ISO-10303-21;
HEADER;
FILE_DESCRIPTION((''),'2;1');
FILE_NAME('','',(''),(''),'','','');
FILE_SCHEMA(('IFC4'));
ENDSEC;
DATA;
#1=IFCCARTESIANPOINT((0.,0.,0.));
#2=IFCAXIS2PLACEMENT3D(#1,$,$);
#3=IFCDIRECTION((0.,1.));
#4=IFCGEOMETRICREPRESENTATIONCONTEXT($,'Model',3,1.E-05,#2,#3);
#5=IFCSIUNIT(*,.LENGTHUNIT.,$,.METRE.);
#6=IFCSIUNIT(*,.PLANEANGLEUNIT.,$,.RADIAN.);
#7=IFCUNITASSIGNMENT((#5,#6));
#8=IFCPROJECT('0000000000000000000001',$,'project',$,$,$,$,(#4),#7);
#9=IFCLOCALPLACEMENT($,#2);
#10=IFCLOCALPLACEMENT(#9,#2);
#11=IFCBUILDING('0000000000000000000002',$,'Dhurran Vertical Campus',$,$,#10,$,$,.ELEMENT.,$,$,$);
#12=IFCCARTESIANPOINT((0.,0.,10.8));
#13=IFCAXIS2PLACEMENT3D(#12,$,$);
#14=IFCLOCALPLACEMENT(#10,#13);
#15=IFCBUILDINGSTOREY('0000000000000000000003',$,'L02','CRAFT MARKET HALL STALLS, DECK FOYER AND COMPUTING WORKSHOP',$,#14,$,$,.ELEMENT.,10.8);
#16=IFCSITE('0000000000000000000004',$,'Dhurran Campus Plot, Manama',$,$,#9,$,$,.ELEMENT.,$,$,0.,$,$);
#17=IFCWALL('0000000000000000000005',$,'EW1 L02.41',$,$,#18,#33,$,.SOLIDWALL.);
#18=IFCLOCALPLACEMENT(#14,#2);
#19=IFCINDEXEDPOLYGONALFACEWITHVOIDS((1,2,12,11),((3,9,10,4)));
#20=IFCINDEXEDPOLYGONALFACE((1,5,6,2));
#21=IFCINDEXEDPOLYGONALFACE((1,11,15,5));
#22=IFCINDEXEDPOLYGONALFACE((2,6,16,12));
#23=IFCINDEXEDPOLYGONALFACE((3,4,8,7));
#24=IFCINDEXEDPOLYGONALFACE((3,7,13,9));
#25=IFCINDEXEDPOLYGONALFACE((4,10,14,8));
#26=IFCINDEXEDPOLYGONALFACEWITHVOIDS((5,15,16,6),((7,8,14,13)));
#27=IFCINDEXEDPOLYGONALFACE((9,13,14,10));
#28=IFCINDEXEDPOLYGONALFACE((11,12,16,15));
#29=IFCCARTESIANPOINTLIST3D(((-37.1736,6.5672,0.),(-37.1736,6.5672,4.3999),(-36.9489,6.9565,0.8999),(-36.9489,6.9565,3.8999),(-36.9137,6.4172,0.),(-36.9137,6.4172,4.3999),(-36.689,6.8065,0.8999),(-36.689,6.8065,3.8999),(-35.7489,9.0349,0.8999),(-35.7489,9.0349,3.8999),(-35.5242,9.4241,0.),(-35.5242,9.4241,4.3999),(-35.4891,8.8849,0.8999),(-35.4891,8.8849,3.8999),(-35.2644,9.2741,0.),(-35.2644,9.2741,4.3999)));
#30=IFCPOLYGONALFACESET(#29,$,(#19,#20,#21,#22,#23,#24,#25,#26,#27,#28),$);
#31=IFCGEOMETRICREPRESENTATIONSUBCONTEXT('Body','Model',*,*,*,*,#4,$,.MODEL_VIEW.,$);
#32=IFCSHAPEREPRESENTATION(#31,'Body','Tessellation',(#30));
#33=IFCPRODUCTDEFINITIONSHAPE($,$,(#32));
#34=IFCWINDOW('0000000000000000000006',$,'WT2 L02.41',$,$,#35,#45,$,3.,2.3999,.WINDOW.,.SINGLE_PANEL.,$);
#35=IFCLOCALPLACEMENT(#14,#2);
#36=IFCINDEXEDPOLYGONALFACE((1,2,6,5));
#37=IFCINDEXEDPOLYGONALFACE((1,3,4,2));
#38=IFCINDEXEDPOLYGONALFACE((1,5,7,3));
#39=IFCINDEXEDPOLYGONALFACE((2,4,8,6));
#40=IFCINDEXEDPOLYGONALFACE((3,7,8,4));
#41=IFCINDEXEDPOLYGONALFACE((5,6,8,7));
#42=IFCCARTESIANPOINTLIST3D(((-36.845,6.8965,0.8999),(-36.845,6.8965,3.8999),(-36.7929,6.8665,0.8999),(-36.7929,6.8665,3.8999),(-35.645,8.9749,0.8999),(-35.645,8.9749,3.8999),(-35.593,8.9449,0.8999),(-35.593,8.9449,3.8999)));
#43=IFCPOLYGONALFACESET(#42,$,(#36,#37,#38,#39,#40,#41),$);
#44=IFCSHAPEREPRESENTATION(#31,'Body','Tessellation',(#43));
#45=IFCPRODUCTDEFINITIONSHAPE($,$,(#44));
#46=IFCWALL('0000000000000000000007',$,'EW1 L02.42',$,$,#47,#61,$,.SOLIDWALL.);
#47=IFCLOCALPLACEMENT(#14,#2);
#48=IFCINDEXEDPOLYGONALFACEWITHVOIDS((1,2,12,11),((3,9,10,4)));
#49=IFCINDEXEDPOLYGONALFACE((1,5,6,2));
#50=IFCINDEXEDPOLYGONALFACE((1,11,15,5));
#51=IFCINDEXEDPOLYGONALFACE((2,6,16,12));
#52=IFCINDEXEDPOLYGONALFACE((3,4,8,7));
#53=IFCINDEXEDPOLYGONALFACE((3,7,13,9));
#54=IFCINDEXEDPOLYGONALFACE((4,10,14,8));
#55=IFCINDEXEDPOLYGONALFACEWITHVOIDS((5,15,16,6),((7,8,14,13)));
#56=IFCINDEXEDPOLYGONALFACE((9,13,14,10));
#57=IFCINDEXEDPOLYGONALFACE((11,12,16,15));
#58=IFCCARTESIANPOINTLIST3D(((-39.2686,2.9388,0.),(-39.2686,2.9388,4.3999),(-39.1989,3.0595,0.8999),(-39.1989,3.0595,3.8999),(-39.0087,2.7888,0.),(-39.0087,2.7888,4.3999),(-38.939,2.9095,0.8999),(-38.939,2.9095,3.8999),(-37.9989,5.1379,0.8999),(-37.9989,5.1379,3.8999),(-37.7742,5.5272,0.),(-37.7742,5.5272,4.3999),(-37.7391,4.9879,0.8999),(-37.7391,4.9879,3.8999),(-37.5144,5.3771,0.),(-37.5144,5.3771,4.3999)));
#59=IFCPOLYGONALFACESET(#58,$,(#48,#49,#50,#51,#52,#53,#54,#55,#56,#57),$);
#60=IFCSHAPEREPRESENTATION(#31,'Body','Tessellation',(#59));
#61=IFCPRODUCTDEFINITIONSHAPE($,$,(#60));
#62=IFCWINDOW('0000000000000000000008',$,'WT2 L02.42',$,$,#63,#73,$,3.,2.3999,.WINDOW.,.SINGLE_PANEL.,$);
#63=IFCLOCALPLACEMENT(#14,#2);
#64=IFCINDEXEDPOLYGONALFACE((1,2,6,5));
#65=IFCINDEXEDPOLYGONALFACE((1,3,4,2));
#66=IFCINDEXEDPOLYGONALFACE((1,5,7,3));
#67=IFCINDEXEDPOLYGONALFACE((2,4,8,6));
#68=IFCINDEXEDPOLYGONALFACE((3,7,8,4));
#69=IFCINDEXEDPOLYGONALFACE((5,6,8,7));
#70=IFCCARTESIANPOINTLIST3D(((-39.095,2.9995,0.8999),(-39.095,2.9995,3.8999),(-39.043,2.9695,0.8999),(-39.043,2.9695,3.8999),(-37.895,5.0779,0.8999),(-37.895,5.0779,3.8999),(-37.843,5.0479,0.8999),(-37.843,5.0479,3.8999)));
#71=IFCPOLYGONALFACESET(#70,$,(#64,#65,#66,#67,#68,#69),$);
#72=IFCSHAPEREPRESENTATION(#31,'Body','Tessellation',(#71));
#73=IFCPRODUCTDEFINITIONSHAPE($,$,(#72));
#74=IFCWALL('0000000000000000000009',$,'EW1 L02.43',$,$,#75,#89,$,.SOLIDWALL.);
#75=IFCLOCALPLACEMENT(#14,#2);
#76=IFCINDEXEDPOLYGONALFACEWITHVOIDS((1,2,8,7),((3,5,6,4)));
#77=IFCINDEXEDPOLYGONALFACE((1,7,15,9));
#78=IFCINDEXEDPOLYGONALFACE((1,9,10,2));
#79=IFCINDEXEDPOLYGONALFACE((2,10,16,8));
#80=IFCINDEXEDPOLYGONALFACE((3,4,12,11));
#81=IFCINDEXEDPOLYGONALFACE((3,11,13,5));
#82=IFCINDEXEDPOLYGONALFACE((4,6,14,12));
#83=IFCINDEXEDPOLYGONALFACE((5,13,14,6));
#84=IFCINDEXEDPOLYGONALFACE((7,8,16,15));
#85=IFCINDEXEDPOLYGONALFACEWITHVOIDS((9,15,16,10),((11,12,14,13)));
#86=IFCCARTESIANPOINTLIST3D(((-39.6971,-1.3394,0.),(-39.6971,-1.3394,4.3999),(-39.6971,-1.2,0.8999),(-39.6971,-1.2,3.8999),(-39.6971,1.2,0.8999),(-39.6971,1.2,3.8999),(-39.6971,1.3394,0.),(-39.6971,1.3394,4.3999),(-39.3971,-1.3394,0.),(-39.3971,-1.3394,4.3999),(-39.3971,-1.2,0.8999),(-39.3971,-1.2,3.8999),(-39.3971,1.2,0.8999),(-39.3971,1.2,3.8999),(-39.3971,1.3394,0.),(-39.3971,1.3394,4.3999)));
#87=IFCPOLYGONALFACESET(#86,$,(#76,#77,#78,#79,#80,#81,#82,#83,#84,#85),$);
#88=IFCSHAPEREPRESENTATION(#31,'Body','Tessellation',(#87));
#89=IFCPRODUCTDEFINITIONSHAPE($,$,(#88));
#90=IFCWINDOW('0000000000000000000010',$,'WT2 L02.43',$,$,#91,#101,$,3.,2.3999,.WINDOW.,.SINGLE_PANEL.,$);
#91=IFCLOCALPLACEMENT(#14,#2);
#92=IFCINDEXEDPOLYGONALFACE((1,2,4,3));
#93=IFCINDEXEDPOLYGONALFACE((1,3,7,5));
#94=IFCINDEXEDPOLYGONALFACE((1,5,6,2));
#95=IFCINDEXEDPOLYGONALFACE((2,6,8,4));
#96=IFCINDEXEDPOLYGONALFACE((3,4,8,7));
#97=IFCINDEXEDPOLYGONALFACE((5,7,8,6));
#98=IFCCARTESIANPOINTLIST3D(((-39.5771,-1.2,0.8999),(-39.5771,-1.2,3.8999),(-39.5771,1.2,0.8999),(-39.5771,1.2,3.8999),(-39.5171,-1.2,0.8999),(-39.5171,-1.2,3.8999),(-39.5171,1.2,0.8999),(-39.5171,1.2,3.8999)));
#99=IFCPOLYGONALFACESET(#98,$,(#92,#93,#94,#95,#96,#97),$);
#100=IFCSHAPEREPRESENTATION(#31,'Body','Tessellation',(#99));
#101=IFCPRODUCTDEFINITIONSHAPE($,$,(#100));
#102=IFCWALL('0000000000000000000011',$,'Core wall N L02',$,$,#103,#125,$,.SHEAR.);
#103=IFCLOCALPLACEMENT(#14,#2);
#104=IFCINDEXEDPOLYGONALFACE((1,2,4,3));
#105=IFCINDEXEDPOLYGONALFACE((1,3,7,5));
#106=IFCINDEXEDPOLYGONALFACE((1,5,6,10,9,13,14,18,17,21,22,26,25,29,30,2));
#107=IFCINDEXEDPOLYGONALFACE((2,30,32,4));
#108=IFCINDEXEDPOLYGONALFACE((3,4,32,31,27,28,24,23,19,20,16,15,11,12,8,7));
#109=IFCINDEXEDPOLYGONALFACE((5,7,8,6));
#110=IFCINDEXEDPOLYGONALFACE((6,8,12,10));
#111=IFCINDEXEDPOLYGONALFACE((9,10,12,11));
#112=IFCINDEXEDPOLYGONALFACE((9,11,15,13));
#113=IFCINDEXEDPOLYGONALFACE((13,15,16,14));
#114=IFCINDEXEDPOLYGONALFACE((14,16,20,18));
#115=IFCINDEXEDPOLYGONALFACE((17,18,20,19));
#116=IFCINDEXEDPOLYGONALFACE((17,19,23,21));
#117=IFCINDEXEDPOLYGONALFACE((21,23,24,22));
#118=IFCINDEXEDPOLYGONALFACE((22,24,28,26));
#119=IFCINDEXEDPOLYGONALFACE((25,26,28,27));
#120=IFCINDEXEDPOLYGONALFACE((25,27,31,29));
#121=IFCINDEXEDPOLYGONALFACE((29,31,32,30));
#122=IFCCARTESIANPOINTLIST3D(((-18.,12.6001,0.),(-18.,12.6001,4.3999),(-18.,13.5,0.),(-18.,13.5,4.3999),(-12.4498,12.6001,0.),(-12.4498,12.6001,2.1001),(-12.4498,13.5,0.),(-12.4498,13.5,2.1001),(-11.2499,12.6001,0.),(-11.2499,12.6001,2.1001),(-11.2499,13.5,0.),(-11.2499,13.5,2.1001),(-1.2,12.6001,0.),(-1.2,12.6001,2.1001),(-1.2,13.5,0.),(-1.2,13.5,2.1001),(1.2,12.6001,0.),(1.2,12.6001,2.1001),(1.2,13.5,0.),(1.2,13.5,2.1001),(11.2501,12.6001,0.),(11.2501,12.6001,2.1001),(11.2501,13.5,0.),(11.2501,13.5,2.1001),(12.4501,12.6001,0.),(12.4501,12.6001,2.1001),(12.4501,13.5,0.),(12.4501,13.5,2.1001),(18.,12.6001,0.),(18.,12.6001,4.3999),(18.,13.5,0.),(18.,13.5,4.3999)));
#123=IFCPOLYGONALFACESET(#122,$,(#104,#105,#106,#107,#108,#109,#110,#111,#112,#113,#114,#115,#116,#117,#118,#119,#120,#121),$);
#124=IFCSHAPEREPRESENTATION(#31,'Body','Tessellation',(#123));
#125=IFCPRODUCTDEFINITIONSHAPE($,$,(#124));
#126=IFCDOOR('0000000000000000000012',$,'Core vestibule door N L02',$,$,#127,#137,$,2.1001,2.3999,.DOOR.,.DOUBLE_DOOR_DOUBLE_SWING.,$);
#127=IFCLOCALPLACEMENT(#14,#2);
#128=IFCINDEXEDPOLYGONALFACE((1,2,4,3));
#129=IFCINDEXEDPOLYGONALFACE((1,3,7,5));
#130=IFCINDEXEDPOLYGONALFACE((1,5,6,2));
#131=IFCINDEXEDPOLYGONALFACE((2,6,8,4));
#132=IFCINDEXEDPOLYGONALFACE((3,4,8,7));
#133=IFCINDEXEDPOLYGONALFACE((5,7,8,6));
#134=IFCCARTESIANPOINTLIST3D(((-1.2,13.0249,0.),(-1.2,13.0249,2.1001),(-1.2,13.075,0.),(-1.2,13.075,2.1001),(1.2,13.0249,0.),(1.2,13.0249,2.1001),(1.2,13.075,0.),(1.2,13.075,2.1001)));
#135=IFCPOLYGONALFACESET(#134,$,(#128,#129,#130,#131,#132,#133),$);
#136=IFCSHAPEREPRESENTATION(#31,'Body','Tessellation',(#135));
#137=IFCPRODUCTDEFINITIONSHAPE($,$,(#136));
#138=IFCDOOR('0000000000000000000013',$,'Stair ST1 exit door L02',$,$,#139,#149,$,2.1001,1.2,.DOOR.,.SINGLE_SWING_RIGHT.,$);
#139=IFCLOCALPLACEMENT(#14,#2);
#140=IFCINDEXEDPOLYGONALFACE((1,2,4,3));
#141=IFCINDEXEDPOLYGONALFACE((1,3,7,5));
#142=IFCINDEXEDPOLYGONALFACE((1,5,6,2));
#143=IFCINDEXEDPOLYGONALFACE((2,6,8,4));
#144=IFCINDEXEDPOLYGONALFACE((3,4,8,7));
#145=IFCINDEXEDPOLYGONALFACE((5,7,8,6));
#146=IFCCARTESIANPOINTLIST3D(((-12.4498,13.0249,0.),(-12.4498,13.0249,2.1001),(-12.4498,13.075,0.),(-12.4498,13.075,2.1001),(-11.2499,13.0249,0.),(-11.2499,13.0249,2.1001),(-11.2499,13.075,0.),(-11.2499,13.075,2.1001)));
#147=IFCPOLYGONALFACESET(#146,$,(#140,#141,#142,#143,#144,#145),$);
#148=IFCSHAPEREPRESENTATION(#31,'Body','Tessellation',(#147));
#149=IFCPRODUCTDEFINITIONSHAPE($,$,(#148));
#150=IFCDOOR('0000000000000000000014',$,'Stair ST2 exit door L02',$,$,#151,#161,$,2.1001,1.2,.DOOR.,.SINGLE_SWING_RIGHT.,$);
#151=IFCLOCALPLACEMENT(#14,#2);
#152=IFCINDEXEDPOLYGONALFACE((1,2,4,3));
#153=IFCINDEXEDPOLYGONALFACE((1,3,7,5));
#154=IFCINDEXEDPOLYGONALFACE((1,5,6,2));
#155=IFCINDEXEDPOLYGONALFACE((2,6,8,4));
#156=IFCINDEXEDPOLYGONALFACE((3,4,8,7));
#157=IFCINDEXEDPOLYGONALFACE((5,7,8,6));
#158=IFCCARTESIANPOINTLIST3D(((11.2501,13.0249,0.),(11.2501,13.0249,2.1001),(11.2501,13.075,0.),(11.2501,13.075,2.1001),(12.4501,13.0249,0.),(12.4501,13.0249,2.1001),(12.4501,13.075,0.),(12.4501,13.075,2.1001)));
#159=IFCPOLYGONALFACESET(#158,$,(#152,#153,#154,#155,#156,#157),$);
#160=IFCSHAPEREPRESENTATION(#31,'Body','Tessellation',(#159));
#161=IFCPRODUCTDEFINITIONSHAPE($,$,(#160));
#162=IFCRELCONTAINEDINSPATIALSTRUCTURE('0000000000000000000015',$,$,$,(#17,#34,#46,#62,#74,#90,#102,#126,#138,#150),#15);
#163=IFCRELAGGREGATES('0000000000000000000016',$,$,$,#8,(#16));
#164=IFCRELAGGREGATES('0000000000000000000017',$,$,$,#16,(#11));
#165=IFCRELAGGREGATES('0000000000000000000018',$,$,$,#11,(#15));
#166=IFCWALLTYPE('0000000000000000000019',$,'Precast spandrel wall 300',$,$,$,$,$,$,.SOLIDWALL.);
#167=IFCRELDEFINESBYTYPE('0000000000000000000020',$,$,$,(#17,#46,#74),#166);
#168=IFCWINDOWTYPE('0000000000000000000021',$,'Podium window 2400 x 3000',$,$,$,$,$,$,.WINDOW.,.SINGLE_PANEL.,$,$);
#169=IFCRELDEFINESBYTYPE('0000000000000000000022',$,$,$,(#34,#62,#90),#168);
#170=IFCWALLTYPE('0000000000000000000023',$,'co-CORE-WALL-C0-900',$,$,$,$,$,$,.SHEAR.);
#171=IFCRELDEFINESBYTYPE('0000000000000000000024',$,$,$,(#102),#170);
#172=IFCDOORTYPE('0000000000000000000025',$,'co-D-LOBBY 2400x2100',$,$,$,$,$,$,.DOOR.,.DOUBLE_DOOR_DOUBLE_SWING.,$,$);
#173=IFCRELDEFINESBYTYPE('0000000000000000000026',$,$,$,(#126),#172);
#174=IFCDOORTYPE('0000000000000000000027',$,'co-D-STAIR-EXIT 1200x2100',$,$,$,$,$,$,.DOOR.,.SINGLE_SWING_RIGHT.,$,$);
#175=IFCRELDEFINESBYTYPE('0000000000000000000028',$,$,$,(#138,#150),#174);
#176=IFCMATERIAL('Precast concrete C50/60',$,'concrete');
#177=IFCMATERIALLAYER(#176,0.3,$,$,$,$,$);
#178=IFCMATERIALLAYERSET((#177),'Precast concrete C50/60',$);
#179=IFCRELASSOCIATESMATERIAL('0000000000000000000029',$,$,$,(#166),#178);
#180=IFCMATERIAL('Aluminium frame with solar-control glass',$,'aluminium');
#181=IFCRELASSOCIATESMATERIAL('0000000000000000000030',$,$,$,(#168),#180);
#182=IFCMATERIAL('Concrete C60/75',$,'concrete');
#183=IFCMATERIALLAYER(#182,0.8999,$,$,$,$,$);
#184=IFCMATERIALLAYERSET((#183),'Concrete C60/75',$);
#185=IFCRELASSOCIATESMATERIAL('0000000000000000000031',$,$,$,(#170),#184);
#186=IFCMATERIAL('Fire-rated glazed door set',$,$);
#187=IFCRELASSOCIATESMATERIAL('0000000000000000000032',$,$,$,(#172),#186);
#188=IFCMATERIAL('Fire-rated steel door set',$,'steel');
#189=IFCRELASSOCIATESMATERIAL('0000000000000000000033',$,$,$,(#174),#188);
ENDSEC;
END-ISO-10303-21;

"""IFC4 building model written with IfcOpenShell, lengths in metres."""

from ifc_helpers import new_model, si_unit, direction, frame, frame_2d, origin, place, context, subcontext, project, spatial, rectangle, extrude, material, layer, layer_set, type_object, element, fill, save


model = new_model("IFC4")

# Units and contexts
model_context = context("Model", 3, precision=1e-05, world=origin(), true_north=direction((0.0, 1.0)))
body_context = subcontext(model_context, "Body", "Model", "MODEL_VIEW")
ifc_project = project(units=[si_unit("LENGTHUNIT", "METRE"), si_unit("PLANEANGLEUNIT", "RADIAN")], contexts=[model_context])

# Site, building, storey
site_placement = place(None, origin())
site = spatial("IfcSite", under=ifc_project, at=site_placement, Name="Dhurran Campus Plot, Manama", CompositionType="ELEMENT", RefElevation=0.0)
building_placement = place(site_placement, origin())
building = spatial("IfcBuilding", under=site, at=building_placement, Name="Dhurran Vertical Campus", CompositionType="ELEMENT")
storey_placement = place(building_placement, frame((0.0, 0.0, 10.8)))
storey = spatial("IfcBuildingStorey", under=building, at=storey_placement, Name="L02", Description="CRAFT MARKET HALL STALLS, DECK FOYER AND COMPUTING WORKSHOP", CompositionType="ELEMENT", Elevation=10.8)

# Walls, openings, windows
ifc_material_1 = material(Name="Precast concrete C50/60", Category="concrete")
ifc_layer_1 = layer(ifc_material_1, 0.3)
ifc_layer_set_1 = layer_set([ifc_layer_1], Name="Precast concrete C50/60")
wall_type_1 = type_object("IfcWallType", Name="Precast spandrel wall 300", PredefinedType="SOLIDWALL", material=ifc_layer_set_1)
ifc_material_2 = material(Name="Aluminium frame with solar-control glass", Category="aluminium")
window_type = type_object("IfcWindowType", Name="Podium window 2400 x 3000", PartitioningType="SINGLE_PANEL", PredefinedType="WINDOW", material=ifc_material_2)
wall_1_placement = place(storey_placement, frame((-35.3943, 9.3491, 0.0), z_axis=(0.0, 0.0, 1.0), x_axis=(-0.499992, -0.86603, 0.0)))
wall_1 = element("IfcWall", 1, at=wall_1_placement, inside=storey, type_object=wall_type_1, Name="EW1 L02.41", PredefinedType="SOLIDWALL", context=body_context, shape_type="SweptSolid", body=[
    extrude(rectangle(XDim=3.2988, YDim=0.3, at=frame_2d((1.6494, 0.0))), origin(), (0.0, 0.0, 1.0), 4.3999),
])
opening_1_placement = place(wall_1_placement, frame((0.4495, 0.0, 0.8999)))
opening_1 = element("IfcOpeningElement", 2, at=opening_1_placement, cuts=wall_1, PredefinedType="OPENING", context=body_context, shape_type="SweptSolid", body=[
    extrude(rectangle(XDim=2.3999, YDim=3.0, at=frame_2d((1.2, 1.5))), frame((0.0, 0.1599, 0.0), z_axis=(0.0, -1.0, 0.0), x_axis=(1.0, 0.0, 0.0)), (0.0, 0.0, 1.0), 0.3201),
])
window_1_placement = place(opening_1_placement, origin())
window_1 = element("IfcWindow", 3, at=window_1_placement, inside=storey, type_object=window_type, Name="WT2 L02.41", OverallHeight=3.0, OverallWidth=2.3999, PartitioningType="SINGLE_PANEL", PredefinedType="WINDOW", context=body_context, shape_type="SweptSolid", body=[
    extrude(rectangle(XDim=2.3999, YDim=3.0, at=frame_2d((1.2, 1.5))), frame((0.0, 0.03, 0.0), z_axis=(0.0, -1.0, 0.0), x_axis=(1.0, 0.0, 0.0)), (0.0, 0.0, 1.0), 0.0601),
])
fill(opening_1, window_1)
wall_2_placement = place(storey_placement, frame((-37.6443, 5.4521, 0.0), z_axis=(0.0, 0.0, 1.0), x_axis=(-0.499996, -0.866028, 0.0)))
wall_2 = element("IfcWall", 4, at=wall_2_placement, inside=storey, type_object=wall_type_1, Name="EW1 L02.42", PredefinedType="SOLIDWALL", context=body_context, shape_type="SweptSolid", body=[
    extrude(rectangle(XDim=2.9888, YDim=0.3, at=frame_2d((1.4944, 0.0))), origin(), (0.0, 0.0, 1.0), 4.3999),
])
opening_2_placement = place(wall_2_placement, frame((0.4495, 0.0, 0.8999)))
opening_2 = element("IfcOpeningElement", 5, at=opening_2_placement, cuts=wall_2, PredefinedType="OPENING", context=body_context, shape_type="SweptSolid", body=[
    extrude(rectangle(XDim=2.3999, YDim=3.0, at=frame_2d((1.2, 1.5))), frame((0.0, 0.1599, 0.0), z_axis=(0.0, -1.0, 0.0), x_axis=(1.0, 0.0, 0.0)), (0.0, 0.0, 1.0), 0.3201),
])
window_2_placement = place(opening_2_placement, origin())
window_2 = element("IfcWindow", 6, at=window_2_placement, inside=storey, type_object=window_type, Name="WT2 L02.42", OverallHeight=3.0, OverallWidth=2.3999, PartitioningType="SINGLE_PANEL", PredefinedType="WINDOW", context=body_context, shape_type="SweptSolid", body=[
    extrude(rectangle(XDim=2.3999, YDim=3.0, at=frame_2d((1.2, 1.5))), frame((0.0, 0.03, 0.0), z_axis=(0.0, -1.0, 0.0), x_axis=(1.0, 0.0, 0.0)), (0.0, 0.0, 1.0), 0.0601),
])
fill(opening_2, window_2)
wall_3_placement = place(storey_placement, frame((-39.5471, 1.3394, 0.0), z_axis=(0.0, 0.0, 1.0), x_axis=(0.0, -1.0, 0.0)))
wall_3 = element("IfcWall", 7, at=wall_3_placement, inside=storey, type_object=wall_type_1, Name="EW1 L02.43", PredefinedType="SOLIDWALL", context=body_context, shape_type="SweptSolid", body=[
    extrude(rectangle(XDim=2.6787, YDim=0.3, at=frame_2d((1.3394, 0.0))), origin(), (0.0, 0.0, 1.0), 4.3999),
])
opening_3_placement = place(wall_3_placement, frame((0.1394, 0.0, 0.8999)))
opening_3 = element("IfcOpeningElement", 8, at=opening_3_placement, cuts=wall_3, PredefinedType="OPENING", context=body_context, shape_type="SweptSolid", body=[
    extrude(rectangle(XDim=2.3999, YDim=3.0, at=frame_2d((1.2, 1.5))), frame((0.0, 0.1599, 0.0), z_axis=(0.0, -1.0, 0.0), x_axis=(1.0, 0.0, 0.0)), (0.0, 0.0, 1.0), 0.3201),
])
window_3_placement = place(opening_3_placement, origin())
window_3 = element("IfcWindow", 9, at=window_3_placement, inside=storey, type_object=window_type, Name="WT2 L02.43", OverallHeight=3.0, OverallWidth=2.3999, PartitioningType="SINGLE_PANEL", PredefinedType="WINDOW", context=body_context, shape_type="SweptSolid", body=[
    extrude(rectangle(XDim=2.3999, YDim=3.0, at=frame_2d((1.2, 1.5))), frame((0.0, 0.03, 0.0), z_axis=(0.0, -1.0, 0.0), x_axis=(1.0, 0.0, 0.0)), (0.0, 0.0, 1.0), 0.0601),
])
fill(opening_3, window_3)

# Wall, openings, doors
ifc_material_3 = material(Name="Concrete C60/75", Category="concrete")
ifc_layer_2 = layer(ifc_material_3, 0.8999)
ifc_layer_set_2 = layer_set([ifc_layer_2], Name="Concrete C60/75")
wall_type_2 = type_object("IfcWallType", Name="co-CORE-WALL-C0-900", PredefinedType="SHEAR", material=ifc_layer_set_2)
wall_4_placement = place(storey_placement, frame((-18.0, 13.05, 0.0), z_axis=(0.0, 0.0, 1.0), x_axis=(1.0, 0.0, 0.0)))
wall_4 = element("IfcWall", 10, at=wall_4_placement, inside=storey, type_object=wall_type_2, Name="Core wall N L02", PredefinedType="SHEAR", context=body_context, shape_type="SweptSolid", body=[
    extrude(rectangle(XDim=36.0, YDim=0.8999, at=frame_2d((18.0, 0.0))), origin(), (0.0, 0.0, 1.0), 4.3999),
])
opening_4_placement = place(wall_4_placement, frame((16.8, 0.0, 0.0)))
opening_4 = element("IfcOpeningElement", 11, at=opening_4_placement, cuts=wall_4, PredefinedType="OPENING", context=body_context, shape_type="SweptSolid", body=[
    extrude(rectangle(XDim=2.3999, YDim=2.1001, at=frame_2d((1.2, 1.05))), frame((0.0, 0.46, 0.0), z_axis=(0.0, -1.0, 0.0), x_axis=(1.0, 0.0, 0.0)), (0.0, 0.0, 1.0), 0.9199),
])
opening_5_placement = place(wall_4_placement, frame((5.55, 0.0, 0.0)))
opening_5 = element("IfcOpeningElement", 12, at=opening_5_placement, cuts=wall_4, PredefinedType="OPENING", context=body_context, shape_type="SweptSolid", body=[
    extrude(rectangle(XDim=1.2, YDim=2.1001, at=frame_2d((0.6001, 1.05))), frame((0.0, 0.46, 0.0), z_axis=(0.0, -1.0, 0.0), x_axis=(1.0, 0.0, 0.0)), (0.0, 0.0, 1.0), 0.9199),
])
opening_6_placement = place(wall_4_placement, frame((29.25, 0.0, 0.0)))
opening_6 = element("IfcOpeningElement", 13, at=opening_6_placement, cuts=wall_4, PredefinedType="OPENING", context=body_context, shape_type="SweptSolid", body=[
    extrude(rectangle(XDim=1.2, YDim=2.1001, at=frame_2d((0.6001, 1.05))), frame((0.0, 0.46, 0.0), z_axis=(0.0, -1.0, 0.0), x_axis=(1.0, 0.0, 0.0)), (0.0, 0.0, 1.0), 0.9199),
])
ifc_material_4 = material(Name="Fire-rated glazed door set")
door_type_1 = type_object("IfcDoorType", Name="co-D-LOBBY 2400x2100", OperationType="DOUBLE_DOOR_DOUBLE_SWING", PredefinedType="DOOR", material=ifc_material_4)
door_1_placement = place(opening_4_placement, origin())
door_1 = element("IfcDoor", 14, at=door_1_placement, inside=storey, type_object=door_type_1, Name="Core vestibule door N L02", OperationType="DOUBLE_DOOR_DOUBLE_SWING", OverallHeight=2.1001, OverallWidth=2.3999, PredefinedType="DOOR", context=body_context, shape_type="SweptSolid", body=[
    extrude(rectangle(XDim=2.3999, YDim=2.1001, at=frame_2d((1.2, 1.05))), frame((0.0, 0.0249, 0.0), z_axis=(0.0, -1.0, 0.0), x_axis=(1.0, 0.0, 0.0)), (0.0, 0.0, 1.0), 0.05),
])
fill(opening_4, door_1)
ifc_material_5 = material(Name="Fire-rated steel door set", Category="steel")
door_type_2 = type_object("IfcDoorType", Name="co-D-STAIR-EXIT 1200x2100", OperationType="SINGLE_SWING_RIGHT", PredefinedType="DOOR", material=ifc_material_5)
door_2_placement = place(opening_5_placement, origin())
door_2 = element("IfcDoor", 15, at=door_2_placement, inside=storey, type_object=door_type_2, Name="Stair ST1 exit door L02", OperationType="SINGLE_SWING_RIGHT", OverallHeight=2.1001, OverallWidth=1.2, PredefinedType="DOOR", context=body_context, shape_type="SweptSolid", body=[
    extrude(rectangle(XDim=1.2, YDim=2.1001, at=frame_2d((0.6001, 1.05))), frame((0.0, 0.0249, 0.0), z_axis=(0.0, -1.0, 0.0), x_axis=(1.0, 0.0, 0.0)), (0.0, 0.0, 1.0), 0.05),
])
fill(opening_5, door_2)
door_3_placement = place(opening_6_placement, origin())
door_3 = element("IfcDoor", 16, at=door_3_placement, inside=storey, type_object=door_type_2, Name="Stair ST2 exit door L02", OperationType="SINGLE_SWING_RIGHT", OverallHeight=2.1001, OverallWidth=1.2, PredefinedType="DOOR", context=body_context, shape_type="SweptSolid", body=[
    extrude(rectangle(XDim=1.2, YDim=2.1001, at=frame_2d((0.6001, 1.05))), frame((0.0, 0.0249, 0.0), z_axis=(0.0, -1.0, 0.0), x_axis=(1.0, 0.0, 0.0)), (0.0, 0.0, 1.0), 0.05),
])
fill(opening_6, door_3)

save(model, "model.ifc")
